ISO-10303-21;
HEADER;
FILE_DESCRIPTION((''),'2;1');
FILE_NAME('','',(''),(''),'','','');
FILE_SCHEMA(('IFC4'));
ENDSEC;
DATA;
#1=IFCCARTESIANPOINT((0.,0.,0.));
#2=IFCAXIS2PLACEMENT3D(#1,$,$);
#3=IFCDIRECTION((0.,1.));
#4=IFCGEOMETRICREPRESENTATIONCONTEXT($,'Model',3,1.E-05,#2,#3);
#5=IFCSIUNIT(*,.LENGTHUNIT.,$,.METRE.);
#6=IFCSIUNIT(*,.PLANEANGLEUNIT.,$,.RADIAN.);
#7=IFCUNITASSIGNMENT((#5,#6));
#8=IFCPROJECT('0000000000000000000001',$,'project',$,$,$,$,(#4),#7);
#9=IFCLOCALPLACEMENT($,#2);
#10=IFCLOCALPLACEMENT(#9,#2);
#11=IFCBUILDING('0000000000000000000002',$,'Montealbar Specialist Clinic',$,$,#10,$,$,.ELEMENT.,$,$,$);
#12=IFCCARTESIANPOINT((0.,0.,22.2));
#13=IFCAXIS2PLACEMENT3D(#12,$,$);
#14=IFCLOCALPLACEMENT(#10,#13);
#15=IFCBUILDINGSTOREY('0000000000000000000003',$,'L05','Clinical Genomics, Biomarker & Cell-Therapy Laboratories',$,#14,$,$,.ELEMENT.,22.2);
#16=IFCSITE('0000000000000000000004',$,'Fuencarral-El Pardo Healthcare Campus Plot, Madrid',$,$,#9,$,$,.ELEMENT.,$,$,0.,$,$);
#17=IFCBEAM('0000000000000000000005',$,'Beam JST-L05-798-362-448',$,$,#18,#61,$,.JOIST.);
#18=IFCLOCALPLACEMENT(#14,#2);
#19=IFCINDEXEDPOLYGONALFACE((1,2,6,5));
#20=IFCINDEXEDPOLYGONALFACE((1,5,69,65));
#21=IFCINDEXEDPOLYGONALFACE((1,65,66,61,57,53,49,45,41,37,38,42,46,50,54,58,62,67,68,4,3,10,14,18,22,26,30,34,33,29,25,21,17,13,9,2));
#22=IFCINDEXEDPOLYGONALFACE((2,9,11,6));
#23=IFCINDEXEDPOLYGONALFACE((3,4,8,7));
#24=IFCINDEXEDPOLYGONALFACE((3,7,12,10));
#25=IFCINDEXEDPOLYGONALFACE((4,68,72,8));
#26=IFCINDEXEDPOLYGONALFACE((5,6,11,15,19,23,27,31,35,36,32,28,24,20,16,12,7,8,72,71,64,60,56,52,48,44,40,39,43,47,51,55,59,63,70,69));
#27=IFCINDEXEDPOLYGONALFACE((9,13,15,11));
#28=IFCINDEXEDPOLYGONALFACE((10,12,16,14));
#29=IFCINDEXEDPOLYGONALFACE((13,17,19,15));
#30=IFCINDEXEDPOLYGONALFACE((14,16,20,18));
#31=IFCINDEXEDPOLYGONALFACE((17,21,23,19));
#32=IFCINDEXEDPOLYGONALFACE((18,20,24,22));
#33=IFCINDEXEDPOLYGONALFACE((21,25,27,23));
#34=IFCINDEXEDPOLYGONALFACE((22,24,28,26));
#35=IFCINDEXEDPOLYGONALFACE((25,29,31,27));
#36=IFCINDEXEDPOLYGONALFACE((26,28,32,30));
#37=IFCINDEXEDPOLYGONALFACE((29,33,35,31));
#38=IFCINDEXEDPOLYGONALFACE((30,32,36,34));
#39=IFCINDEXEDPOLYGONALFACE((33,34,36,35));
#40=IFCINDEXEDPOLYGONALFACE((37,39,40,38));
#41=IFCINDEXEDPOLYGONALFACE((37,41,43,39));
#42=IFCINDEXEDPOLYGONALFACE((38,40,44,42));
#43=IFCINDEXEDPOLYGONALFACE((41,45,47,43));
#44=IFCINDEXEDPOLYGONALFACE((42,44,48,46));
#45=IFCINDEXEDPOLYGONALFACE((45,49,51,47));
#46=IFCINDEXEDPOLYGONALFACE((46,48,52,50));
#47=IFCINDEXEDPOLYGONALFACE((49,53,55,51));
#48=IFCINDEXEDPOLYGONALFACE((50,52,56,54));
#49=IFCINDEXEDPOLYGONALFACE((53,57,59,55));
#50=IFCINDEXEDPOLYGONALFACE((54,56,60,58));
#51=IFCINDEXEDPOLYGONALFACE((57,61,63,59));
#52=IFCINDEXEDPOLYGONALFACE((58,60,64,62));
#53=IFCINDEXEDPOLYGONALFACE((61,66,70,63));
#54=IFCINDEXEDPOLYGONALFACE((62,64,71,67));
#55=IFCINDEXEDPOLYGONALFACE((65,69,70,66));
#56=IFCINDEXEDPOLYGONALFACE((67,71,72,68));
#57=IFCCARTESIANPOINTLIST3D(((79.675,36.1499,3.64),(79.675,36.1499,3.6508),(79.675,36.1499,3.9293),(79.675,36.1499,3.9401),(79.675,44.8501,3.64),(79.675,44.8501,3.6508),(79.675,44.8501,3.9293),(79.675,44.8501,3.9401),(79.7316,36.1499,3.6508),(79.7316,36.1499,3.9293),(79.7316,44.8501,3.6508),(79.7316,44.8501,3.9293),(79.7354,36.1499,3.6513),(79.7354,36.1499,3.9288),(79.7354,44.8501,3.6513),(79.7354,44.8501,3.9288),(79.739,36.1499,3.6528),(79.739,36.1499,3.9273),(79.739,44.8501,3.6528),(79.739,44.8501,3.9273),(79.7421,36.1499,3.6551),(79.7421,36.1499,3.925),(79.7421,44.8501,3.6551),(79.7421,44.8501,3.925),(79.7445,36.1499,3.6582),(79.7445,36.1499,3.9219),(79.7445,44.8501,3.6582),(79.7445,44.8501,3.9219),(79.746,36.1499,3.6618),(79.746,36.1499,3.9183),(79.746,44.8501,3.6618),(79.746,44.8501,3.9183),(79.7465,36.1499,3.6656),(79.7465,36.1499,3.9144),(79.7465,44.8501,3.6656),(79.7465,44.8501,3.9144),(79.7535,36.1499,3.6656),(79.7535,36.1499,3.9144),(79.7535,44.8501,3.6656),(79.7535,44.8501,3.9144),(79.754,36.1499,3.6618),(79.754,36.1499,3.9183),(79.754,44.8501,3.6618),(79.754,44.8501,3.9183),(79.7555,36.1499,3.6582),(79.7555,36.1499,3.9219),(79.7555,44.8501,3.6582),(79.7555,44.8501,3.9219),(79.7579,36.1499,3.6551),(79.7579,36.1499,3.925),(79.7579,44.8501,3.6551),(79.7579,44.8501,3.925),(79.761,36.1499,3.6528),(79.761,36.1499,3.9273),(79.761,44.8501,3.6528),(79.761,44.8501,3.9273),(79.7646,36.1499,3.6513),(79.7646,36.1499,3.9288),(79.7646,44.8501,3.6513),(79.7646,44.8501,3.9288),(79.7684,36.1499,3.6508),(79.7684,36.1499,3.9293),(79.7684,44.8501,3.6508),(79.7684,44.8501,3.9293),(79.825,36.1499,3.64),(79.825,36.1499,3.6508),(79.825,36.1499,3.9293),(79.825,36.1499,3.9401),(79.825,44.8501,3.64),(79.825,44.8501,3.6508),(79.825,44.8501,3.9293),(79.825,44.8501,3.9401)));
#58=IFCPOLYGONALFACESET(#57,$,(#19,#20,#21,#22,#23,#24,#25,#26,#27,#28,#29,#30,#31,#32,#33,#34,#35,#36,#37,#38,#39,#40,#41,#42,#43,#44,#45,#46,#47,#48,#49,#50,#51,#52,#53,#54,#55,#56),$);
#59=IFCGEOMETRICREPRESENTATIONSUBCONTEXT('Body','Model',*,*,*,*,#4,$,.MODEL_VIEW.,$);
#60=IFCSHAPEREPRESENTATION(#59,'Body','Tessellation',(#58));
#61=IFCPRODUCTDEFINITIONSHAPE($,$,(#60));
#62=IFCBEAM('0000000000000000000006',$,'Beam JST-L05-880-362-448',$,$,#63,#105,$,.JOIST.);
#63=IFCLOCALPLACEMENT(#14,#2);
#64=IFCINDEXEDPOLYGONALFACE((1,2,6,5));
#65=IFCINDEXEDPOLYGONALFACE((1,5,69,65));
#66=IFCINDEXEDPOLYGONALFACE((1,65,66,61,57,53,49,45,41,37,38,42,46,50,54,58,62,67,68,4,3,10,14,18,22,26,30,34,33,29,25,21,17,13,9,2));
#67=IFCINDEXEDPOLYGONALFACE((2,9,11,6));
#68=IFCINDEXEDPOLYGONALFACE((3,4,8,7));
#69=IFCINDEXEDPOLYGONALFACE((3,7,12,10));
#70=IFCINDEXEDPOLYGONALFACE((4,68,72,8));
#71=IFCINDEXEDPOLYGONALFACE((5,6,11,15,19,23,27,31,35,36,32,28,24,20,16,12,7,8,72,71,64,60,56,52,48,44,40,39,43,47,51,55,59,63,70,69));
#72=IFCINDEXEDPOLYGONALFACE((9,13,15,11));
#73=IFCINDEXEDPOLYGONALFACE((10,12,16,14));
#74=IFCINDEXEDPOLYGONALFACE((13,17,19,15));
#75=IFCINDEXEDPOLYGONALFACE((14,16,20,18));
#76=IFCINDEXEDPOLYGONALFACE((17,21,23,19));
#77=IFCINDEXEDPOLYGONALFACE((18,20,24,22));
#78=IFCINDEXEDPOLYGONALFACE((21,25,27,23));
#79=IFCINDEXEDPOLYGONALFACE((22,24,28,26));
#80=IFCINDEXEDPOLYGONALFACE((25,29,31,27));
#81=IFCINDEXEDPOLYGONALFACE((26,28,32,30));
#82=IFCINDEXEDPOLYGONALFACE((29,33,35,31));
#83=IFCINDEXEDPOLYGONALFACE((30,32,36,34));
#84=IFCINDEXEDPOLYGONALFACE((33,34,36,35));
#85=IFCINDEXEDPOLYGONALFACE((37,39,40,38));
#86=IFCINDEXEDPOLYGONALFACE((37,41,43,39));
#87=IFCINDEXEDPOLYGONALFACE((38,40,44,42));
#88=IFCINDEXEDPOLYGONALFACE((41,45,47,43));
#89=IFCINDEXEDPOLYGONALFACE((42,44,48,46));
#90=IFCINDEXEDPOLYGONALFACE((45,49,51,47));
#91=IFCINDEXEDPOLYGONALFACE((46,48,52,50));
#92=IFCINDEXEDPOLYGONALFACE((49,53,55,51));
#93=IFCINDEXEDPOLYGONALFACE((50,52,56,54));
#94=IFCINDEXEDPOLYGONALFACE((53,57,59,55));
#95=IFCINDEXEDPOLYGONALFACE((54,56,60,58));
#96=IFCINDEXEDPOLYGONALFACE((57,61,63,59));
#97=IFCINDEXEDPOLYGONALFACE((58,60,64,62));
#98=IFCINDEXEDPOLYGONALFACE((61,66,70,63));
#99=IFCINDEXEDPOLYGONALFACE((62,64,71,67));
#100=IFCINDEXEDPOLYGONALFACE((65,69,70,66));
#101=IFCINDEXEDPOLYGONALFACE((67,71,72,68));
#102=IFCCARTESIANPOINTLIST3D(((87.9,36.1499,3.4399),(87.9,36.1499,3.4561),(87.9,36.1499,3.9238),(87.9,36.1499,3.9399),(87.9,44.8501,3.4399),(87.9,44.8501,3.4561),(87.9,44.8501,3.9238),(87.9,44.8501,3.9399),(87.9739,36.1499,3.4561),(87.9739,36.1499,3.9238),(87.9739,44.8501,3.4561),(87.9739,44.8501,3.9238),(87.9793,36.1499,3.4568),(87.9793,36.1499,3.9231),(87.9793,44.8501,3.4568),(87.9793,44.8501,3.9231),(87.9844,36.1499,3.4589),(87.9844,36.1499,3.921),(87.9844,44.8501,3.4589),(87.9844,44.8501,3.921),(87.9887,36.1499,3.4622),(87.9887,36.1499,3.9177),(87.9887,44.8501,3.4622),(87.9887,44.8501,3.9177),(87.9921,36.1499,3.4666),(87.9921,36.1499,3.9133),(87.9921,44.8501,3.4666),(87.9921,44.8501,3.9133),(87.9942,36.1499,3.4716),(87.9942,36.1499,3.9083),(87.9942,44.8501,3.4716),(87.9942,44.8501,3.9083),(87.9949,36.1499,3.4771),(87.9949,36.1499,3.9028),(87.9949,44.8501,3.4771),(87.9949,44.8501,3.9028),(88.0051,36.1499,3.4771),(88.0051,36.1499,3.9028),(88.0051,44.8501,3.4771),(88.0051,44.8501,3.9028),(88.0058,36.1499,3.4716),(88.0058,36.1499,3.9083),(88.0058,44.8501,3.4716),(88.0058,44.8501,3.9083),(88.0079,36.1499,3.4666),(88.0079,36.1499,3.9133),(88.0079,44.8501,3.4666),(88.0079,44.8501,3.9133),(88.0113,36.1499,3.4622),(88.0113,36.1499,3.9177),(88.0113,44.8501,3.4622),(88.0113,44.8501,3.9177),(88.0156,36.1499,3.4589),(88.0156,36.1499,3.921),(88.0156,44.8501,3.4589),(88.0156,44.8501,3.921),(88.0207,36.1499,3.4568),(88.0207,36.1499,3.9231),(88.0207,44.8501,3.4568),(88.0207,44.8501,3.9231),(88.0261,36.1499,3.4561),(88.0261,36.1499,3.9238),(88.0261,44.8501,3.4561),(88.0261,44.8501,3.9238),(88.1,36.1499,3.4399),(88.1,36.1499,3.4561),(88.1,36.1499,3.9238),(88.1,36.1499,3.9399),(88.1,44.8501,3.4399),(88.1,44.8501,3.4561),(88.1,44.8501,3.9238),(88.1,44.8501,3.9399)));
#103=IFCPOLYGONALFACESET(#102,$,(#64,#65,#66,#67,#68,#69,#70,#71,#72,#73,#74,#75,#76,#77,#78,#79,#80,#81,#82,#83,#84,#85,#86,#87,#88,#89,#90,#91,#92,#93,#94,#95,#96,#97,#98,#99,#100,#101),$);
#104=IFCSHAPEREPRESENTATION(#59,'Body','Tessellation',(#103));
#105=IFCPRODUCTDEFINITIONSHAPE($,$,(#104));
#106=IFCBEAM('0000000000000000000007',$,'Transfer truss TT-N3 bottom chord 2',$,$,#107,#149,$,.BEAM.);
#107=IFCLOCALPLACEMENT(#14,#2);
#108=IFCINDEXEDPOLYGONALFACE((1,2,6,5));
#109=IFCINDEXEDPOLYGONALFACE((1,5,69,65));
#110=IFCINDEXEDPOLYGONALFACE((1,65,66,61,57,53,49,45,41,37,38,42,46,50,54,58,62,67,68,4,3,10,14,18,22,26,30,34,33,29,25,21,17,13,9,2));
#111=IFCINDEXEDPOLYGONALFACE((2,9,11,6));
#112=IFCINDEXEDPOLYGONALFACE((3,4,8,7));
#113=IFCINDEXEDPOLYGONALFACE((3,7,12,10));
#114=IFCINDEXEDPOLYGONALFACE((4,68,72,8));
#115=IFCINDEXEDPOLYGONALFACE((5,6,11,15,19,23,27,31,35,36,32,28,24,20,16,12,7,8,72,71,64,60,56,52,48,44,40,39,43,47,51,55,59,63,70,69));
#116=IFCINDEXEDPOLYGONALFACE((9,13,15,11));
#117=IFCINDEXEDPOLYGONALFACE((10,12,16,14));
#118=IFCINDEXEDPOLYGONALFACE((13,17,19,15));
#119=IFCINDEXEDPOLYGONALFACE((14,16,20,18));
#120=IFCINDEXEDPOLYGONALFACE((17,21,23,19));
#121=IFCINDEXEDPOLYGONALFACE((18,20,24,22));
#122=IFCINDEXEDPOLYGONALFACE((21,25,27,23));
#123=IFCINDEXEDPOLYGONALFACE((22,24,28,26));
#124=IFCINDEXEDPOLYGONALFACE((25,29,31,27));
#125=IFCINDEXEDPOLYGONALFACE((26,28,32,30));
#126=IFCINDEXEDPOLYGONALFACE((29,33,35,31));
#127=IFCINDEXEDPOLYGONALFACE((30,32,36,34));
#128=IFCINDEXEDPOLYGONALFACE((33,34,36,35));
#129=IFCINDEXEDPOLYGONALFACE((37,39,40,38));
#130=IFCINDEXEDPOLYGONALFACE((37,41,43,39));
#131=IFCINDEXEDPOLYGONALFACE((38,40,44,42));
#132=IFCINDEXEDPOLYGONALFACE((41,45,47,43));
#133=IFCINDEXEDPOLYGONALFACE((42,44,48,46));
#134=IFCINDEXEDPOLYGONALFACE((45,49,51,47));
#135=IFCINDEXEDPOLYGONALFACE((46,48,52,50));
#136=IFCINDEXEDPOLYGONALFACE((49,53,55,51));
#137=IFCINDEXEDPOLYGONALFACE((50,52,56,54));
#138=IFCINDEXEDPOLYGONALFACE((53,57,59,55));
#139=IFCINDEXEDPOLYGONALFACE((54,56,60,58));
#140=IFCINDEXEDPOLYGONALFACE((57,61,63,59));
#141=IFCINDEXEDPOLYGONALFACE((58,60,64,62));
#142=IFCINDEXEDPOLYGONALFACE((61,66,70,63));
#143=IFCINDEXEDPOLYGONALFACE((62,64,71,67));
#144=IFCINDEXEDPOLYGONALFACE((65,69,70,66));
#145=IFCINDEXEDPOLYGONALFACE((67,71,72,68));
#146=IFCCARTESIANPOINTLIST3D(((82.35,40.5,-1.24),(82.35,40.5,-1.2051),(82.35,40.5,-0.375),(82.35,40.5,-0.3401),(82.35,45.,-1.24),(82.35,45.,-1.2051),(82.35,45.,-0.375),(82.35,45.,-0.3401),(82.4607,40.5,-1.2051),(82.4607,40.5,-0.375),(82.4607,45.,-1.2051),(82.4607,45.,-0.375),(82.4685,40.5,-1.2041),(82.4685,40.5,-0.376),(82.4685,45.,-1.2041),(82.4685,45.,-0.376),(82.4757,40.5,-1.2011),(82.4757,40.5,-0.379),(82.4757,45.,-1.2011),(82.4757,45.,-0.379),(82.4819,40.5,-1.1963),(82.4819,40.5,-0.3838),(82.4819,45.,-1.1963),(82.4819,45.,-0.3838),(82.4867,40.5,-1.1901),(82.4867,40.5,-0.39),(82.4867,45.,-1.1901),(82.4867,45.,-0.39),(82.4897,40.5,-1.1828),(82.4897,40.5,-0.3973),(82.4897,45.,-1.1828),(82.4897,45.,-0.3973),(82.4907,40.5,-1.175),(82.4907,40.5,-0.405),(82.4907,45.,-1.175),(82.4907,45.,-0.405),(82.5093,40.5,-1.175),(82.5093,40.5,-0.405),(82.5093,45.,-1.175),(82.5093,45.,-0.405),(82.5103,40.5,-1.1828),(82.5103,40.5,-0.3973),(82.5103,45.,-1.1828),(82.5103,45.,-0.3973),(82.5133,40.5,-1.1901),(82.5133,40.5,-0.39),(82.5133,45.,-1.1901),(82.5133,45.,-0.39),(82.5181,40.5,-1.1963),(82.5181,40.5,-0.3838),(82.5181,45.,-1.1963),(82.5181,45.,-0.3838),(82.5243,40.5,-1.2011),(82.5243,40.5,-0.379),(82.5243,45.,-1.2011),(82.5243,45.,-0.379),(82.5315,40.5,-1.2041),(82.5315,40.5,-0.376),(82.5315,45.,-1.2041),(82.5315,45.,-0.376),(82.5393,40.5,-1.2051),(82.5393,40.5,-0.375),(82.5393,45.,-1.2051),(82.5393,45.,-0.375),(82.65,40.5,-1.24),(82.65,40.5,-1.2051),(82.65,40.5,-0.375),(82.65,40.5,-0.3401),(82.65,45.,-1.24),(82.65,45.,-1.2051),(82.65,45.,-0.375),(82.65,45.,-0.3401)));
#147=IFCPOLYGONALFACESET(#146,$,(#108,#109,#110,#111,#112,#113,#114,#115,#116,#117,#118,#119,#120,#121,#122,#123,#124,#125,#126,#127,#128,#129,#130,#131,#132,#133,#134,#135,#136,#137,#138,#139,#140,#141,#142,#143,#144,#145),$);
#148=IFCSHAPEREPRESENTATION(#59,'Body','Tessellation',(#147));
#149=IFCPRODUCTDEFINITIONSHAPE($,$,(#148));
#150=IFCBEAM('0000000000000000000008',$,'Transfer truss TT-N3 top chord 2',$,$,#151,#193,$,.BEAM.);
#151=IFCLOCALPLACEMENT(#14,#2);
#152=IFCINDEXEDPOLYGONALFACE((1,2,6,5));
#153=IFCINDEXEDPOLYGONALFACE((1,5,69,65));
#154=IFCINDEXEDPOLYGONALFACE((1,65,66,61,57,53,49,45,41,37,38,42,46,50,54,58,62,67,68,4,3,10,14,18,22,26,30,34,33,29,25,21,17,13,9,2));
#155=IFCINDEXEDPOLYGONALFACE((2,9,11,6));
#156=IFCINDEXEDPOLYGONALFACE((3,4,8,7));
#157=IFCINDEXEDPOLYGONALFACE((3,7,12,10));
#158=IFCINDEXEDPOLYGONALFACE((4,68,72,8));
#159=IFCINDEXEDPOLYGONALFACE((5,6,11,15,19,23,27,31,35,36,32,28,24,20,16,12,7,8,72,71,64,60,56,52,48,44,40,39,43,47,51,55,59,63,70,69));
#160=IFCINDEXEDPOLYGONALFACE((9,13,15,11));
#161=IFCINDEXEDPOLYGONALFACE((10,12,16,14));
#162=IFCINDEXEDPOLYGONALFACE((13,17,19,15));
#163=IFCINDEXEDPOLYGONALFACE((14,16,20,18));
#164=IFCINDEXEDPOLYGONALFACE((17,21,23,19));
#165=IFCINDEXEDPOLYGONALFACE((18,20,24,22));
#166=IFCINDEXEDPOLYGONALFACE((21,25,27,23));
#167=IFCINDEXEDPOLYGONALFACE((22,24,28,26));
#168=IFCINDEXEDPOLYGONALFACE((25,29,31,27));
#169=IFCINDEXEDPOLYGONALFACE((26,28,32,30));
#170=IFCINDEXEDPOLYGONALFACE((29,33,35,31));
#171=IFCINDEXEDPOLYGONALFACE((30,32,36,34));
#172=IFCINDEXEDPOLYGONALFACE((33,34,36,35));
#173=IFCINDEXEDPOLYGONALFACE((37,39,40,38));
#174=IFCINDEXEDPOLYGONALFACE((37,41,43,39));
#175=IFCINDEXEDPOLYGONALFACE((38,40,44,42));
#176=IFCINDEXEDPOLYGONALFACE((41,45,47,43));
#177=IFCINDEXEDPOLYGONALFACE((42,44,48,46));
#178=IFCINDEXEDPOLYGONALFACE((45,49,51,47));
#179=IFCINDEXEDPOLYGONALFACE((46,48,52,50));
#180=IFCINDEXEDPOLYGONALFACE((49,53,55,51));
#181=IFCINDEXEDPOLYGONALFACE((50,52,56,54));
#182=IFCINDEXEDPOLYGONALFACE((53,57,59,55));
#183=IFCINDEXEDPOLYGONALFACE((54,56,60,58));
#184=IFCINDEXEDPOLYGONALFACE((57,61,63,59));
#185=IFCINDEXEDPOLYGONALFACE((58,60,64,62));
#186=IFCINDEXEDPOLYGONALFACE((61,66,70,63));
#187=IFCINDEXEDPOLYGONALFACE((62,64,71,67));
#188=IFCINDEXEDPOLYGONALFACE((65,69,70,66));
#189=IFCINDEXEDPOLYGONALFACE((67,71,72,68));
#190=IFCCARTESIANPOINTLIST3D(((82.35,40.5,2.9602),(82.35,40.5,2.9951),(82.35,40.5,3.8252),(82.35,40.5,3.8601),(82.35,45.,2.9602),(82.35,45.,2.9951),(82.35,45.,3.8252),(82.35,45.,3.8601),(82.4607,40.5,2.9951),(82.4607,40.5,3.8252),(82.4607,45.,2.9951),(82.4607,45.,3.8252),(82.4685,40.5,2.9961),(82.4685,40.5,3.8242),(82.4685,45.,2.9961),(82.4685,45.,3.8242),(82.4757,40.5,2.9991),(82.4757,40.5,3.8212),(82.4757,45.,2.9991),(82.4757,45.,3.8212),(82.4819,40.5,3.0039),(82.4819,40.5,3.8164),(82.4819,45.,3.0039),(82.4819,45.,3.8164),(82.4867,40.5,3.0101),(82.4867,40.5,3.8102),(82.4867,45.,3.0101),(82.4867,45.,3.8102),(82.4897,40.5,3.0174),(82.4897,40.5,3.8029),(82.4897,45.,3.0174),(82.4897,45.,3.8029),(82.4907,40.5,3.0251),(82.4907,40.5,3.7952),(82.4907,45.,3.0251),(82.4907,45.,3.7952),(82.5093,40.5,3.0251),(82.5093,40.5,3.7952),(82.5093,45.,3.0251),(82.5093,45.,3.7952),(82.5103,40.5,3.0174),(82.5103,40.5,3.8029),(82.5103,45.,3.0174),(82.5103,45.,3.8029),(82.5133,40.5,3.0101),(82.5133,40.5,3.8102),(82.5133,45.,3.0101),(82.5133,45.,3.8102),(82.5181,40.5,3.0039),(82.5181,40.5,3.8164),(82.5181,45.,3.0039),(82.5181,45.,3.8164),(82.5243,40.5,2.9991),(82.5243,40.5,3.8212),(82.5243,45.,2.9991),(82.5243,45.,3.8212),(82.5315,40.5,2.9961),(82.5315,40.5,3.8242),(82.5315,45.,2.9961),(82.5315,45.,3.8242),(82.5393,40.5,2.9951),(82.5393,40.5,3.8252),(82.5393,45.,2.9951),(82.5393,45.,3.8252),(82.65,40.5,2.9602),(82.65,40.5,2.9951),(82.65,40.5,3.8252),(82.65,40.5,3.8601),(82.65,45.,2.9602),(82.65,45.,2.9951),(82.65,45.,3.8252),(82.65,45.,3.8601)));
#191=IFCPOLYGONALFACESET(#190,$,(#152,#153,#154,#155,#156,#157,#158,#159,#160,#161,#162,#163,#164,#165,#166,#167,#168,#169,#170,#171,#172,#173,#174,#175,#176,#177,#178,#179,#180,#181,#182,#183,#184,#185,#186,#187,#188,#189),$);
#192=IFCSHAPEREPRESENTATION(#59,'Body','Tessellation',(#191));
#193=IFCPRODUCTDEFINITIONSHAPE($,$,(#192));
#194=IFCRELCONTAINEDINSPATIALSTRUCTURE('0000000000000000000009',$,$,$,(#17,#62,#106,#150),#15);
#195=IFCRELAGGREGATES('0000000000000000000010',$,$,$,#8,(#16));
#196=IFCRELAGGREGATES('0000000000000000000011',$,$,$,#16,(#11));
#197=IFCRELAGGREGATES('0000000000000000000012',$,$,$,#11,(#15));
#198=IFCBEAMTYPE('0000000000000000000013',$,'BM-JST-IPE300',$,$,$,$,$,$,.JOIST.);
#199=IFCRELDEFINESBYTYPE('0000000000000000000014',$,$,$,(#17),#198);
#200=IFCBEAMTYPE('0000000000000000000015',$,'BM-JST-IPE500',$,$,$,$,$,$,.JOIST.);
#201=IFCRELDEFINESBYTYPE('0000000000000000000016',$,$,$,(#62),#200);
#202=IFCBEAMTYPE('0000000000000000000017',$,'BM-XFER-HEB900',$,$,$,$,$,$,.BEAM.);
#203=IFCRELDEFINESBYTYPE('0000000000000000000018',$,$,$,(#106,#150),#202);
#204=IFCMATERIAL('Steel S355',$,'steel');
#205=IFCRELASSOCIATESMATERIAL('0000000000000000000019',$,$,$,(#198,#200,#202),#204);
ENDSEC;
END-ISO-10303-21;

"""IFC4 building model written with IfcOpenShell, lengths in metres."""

from ifc_helpers import new_model, si_unit, direction, frame, origin, origin_2d, place, context, subcontext, project, spatial, i_section, extrude, material, material_profile, profile_set, type_object, element, save


model = new_model("IFC4")

# Units and contexts
model_context = context("Model", 3, precision=1e-05, world=origin(), true_north=direction((0.0, 1.0)))
body_context = subcontext(model_context, "Body", "Model", "MODEL_VIEW")
ifc_project = project(units=[si_unit("LENGTHUNIT", "METRE"), si_unit("PLANEANGLEUNIT", "RADIAN")], contexts=[model_context])

# Site, building, storey
site_placement = place(None, origin())
site = spatial("IfcSite", under=ifc_project, at=site_placement, Name="Fuencarral-El Pardo Healthcare Campus Plot, Madrid", CompositionType="ELEMENT", RefElevation=0.0)
building_placement = place(site_placement, origin())
building = spatial("IfcBuilding", under=site, at=building_placement, Name="Montealbar Specialist Clinic", CompositionType="ELEMENT")
storey_placement = place(building_placement, frame((0.0, 0.0, 22.2)))
storey = spatial("IfcBuildingStorey", under=building, at=storey_placement, Name="L05", Description="Clinical Genomics, Biomarker & Cell-Therapy Laboratories", CompositionType="ELEMENT", Elevation=22.2)

# Shared definitions
ifc_material_1 = material(Name="Steel S355", Category="steel")

# Beams
ifc_material_profile_1 = material_profile(ifc_material_1, i_section(OverallWidth=0.1499, OverallDepth=0.3, WebThickness=0.0071, FlangeThickness=0.0107, FilletRadius=0.0149, at=origin_2d()), Name="IPE 300", Category="steel")
ifc_profile_set_1 = profile_set([ifc_material_profile_1], Name="Steel S355")
beam_type_1 = type_object("IfcBeamType", Name="BM-JST-IPE300", PredefinedType="JOIST", material=ifc_profile_set_1)
beam_1_placement = place(storey_placement, frame((79.75, 36.1499, 3.79), z_axis=(0.0, 1.0, 0.0), x_axis=(-1.0, 0.0, 0.0)))
element("IfcBeam", 1, at=beam_1_placement, inside=storey, type_object=beam_type_1, Name="Beam JST-L05-798-362-448", PredefinedType="JOIST", context=body_context, shape_type="SweptSolid", body=[
    extrude(i_section(OverallWidth=0.1499, OverallDepth=0.3, WebThickness=0.0071, FlangeThickness=0.0107, FilletRadius=0.0149, at=origin_2d()), origin(), (0.0, 0.0, 1.0), 8.7002),
])
ifc_material_profile_2 = material_profile(ifc_material_1, i_section(OverallWidth=0.2, OverallDepth=0.5, WebThickness=0.0103, FlangeThickness=0.0161, FilletRadius=0.021, at=origin_2d()), Name="IPE 500", Category="steel")
ifc_profile_set_2 = profile_set([ifc_material_profile_2], Name="Steel S355")
beam_type_2 = type_object("IfcBeamType", Name="BM-JST-IPE500", PredefinedType="JOIST", material=ifc_profile_set_2)
beam_2_placement = place(storey_placement, frame((88.0, 36.1499, 3.6899), z_axis=(0.0, 1.0, 0.0), x_axis=(-1.0, 0.0, 0.0)))
element("IfcBeam", 2, at=beam_2_placement, inside=storey, type_object=beam_type_2, Name="Beam JST-L05-880-362-448", PredefinedType="JOIST", context=body_context, shape_type="SweptSolid", body=[
    extrude(i_section(OverallWidth=0.2, OverallDepth=0.5, WebThickness=0.0103, FlangeThickness=0.0161, FilletRadius=0.021, at=origin_2d()), origin(), (0.0, 0.0, 1.0), 8.7002),
])
ifc_material_profile_3 = material_profile(ifc_material_1, i_section(OverallWidth=0.3, OverallDepth=0.8999, WebThickness=0.0186, FlangeThickness=0.0349, FilletRadius=0.03, at=origin_2d()), Name="HEB 900", Category="steel")
ifc_profile_set_3 = profile_set([ifc_material_profile_3], Name="Steel S355")
beam_type_3 = type_object("IfcBeamType", Name="BM-XFER-HEB900", PredefinedType="BEAM", material=ifc_profile_set_3)
for number, where, z_axis, x_axis, name in (
    (3, (82.5, 40.5, -0.79), (0.0, 1.0, 0.0), (-1.0, 0.0, 0.0), "Transfer truss TT-N3 bottom chord 2"),
    (4, (82.5, 40.5, 3.4102), (0.0, 1.0, 0.0), (-1.0, 0.0, 0.0), "Transfer truss TT-N3 top chord 2"),
):
    element("IfcBeam", number, at=place(storey_placement, frame(where, z_axis=z_axis, x_axis=x_axis)), inside=storey, type_object=beam_type_3, Name=name, PredefinedType="BEAM", context=body_context, shape_type="SweptSolid", body=[
        extrude(i_section(OverallWidth=0.3, OverallDepth=0.8999, WebThickness=0.0186, FlangeThickness=0.0349, FilletRadius=0.03, at=origin_2d()), origin(), (0.0, 0.0, 1.0), 4.5),
    ])

save(model, "model.ifc")
